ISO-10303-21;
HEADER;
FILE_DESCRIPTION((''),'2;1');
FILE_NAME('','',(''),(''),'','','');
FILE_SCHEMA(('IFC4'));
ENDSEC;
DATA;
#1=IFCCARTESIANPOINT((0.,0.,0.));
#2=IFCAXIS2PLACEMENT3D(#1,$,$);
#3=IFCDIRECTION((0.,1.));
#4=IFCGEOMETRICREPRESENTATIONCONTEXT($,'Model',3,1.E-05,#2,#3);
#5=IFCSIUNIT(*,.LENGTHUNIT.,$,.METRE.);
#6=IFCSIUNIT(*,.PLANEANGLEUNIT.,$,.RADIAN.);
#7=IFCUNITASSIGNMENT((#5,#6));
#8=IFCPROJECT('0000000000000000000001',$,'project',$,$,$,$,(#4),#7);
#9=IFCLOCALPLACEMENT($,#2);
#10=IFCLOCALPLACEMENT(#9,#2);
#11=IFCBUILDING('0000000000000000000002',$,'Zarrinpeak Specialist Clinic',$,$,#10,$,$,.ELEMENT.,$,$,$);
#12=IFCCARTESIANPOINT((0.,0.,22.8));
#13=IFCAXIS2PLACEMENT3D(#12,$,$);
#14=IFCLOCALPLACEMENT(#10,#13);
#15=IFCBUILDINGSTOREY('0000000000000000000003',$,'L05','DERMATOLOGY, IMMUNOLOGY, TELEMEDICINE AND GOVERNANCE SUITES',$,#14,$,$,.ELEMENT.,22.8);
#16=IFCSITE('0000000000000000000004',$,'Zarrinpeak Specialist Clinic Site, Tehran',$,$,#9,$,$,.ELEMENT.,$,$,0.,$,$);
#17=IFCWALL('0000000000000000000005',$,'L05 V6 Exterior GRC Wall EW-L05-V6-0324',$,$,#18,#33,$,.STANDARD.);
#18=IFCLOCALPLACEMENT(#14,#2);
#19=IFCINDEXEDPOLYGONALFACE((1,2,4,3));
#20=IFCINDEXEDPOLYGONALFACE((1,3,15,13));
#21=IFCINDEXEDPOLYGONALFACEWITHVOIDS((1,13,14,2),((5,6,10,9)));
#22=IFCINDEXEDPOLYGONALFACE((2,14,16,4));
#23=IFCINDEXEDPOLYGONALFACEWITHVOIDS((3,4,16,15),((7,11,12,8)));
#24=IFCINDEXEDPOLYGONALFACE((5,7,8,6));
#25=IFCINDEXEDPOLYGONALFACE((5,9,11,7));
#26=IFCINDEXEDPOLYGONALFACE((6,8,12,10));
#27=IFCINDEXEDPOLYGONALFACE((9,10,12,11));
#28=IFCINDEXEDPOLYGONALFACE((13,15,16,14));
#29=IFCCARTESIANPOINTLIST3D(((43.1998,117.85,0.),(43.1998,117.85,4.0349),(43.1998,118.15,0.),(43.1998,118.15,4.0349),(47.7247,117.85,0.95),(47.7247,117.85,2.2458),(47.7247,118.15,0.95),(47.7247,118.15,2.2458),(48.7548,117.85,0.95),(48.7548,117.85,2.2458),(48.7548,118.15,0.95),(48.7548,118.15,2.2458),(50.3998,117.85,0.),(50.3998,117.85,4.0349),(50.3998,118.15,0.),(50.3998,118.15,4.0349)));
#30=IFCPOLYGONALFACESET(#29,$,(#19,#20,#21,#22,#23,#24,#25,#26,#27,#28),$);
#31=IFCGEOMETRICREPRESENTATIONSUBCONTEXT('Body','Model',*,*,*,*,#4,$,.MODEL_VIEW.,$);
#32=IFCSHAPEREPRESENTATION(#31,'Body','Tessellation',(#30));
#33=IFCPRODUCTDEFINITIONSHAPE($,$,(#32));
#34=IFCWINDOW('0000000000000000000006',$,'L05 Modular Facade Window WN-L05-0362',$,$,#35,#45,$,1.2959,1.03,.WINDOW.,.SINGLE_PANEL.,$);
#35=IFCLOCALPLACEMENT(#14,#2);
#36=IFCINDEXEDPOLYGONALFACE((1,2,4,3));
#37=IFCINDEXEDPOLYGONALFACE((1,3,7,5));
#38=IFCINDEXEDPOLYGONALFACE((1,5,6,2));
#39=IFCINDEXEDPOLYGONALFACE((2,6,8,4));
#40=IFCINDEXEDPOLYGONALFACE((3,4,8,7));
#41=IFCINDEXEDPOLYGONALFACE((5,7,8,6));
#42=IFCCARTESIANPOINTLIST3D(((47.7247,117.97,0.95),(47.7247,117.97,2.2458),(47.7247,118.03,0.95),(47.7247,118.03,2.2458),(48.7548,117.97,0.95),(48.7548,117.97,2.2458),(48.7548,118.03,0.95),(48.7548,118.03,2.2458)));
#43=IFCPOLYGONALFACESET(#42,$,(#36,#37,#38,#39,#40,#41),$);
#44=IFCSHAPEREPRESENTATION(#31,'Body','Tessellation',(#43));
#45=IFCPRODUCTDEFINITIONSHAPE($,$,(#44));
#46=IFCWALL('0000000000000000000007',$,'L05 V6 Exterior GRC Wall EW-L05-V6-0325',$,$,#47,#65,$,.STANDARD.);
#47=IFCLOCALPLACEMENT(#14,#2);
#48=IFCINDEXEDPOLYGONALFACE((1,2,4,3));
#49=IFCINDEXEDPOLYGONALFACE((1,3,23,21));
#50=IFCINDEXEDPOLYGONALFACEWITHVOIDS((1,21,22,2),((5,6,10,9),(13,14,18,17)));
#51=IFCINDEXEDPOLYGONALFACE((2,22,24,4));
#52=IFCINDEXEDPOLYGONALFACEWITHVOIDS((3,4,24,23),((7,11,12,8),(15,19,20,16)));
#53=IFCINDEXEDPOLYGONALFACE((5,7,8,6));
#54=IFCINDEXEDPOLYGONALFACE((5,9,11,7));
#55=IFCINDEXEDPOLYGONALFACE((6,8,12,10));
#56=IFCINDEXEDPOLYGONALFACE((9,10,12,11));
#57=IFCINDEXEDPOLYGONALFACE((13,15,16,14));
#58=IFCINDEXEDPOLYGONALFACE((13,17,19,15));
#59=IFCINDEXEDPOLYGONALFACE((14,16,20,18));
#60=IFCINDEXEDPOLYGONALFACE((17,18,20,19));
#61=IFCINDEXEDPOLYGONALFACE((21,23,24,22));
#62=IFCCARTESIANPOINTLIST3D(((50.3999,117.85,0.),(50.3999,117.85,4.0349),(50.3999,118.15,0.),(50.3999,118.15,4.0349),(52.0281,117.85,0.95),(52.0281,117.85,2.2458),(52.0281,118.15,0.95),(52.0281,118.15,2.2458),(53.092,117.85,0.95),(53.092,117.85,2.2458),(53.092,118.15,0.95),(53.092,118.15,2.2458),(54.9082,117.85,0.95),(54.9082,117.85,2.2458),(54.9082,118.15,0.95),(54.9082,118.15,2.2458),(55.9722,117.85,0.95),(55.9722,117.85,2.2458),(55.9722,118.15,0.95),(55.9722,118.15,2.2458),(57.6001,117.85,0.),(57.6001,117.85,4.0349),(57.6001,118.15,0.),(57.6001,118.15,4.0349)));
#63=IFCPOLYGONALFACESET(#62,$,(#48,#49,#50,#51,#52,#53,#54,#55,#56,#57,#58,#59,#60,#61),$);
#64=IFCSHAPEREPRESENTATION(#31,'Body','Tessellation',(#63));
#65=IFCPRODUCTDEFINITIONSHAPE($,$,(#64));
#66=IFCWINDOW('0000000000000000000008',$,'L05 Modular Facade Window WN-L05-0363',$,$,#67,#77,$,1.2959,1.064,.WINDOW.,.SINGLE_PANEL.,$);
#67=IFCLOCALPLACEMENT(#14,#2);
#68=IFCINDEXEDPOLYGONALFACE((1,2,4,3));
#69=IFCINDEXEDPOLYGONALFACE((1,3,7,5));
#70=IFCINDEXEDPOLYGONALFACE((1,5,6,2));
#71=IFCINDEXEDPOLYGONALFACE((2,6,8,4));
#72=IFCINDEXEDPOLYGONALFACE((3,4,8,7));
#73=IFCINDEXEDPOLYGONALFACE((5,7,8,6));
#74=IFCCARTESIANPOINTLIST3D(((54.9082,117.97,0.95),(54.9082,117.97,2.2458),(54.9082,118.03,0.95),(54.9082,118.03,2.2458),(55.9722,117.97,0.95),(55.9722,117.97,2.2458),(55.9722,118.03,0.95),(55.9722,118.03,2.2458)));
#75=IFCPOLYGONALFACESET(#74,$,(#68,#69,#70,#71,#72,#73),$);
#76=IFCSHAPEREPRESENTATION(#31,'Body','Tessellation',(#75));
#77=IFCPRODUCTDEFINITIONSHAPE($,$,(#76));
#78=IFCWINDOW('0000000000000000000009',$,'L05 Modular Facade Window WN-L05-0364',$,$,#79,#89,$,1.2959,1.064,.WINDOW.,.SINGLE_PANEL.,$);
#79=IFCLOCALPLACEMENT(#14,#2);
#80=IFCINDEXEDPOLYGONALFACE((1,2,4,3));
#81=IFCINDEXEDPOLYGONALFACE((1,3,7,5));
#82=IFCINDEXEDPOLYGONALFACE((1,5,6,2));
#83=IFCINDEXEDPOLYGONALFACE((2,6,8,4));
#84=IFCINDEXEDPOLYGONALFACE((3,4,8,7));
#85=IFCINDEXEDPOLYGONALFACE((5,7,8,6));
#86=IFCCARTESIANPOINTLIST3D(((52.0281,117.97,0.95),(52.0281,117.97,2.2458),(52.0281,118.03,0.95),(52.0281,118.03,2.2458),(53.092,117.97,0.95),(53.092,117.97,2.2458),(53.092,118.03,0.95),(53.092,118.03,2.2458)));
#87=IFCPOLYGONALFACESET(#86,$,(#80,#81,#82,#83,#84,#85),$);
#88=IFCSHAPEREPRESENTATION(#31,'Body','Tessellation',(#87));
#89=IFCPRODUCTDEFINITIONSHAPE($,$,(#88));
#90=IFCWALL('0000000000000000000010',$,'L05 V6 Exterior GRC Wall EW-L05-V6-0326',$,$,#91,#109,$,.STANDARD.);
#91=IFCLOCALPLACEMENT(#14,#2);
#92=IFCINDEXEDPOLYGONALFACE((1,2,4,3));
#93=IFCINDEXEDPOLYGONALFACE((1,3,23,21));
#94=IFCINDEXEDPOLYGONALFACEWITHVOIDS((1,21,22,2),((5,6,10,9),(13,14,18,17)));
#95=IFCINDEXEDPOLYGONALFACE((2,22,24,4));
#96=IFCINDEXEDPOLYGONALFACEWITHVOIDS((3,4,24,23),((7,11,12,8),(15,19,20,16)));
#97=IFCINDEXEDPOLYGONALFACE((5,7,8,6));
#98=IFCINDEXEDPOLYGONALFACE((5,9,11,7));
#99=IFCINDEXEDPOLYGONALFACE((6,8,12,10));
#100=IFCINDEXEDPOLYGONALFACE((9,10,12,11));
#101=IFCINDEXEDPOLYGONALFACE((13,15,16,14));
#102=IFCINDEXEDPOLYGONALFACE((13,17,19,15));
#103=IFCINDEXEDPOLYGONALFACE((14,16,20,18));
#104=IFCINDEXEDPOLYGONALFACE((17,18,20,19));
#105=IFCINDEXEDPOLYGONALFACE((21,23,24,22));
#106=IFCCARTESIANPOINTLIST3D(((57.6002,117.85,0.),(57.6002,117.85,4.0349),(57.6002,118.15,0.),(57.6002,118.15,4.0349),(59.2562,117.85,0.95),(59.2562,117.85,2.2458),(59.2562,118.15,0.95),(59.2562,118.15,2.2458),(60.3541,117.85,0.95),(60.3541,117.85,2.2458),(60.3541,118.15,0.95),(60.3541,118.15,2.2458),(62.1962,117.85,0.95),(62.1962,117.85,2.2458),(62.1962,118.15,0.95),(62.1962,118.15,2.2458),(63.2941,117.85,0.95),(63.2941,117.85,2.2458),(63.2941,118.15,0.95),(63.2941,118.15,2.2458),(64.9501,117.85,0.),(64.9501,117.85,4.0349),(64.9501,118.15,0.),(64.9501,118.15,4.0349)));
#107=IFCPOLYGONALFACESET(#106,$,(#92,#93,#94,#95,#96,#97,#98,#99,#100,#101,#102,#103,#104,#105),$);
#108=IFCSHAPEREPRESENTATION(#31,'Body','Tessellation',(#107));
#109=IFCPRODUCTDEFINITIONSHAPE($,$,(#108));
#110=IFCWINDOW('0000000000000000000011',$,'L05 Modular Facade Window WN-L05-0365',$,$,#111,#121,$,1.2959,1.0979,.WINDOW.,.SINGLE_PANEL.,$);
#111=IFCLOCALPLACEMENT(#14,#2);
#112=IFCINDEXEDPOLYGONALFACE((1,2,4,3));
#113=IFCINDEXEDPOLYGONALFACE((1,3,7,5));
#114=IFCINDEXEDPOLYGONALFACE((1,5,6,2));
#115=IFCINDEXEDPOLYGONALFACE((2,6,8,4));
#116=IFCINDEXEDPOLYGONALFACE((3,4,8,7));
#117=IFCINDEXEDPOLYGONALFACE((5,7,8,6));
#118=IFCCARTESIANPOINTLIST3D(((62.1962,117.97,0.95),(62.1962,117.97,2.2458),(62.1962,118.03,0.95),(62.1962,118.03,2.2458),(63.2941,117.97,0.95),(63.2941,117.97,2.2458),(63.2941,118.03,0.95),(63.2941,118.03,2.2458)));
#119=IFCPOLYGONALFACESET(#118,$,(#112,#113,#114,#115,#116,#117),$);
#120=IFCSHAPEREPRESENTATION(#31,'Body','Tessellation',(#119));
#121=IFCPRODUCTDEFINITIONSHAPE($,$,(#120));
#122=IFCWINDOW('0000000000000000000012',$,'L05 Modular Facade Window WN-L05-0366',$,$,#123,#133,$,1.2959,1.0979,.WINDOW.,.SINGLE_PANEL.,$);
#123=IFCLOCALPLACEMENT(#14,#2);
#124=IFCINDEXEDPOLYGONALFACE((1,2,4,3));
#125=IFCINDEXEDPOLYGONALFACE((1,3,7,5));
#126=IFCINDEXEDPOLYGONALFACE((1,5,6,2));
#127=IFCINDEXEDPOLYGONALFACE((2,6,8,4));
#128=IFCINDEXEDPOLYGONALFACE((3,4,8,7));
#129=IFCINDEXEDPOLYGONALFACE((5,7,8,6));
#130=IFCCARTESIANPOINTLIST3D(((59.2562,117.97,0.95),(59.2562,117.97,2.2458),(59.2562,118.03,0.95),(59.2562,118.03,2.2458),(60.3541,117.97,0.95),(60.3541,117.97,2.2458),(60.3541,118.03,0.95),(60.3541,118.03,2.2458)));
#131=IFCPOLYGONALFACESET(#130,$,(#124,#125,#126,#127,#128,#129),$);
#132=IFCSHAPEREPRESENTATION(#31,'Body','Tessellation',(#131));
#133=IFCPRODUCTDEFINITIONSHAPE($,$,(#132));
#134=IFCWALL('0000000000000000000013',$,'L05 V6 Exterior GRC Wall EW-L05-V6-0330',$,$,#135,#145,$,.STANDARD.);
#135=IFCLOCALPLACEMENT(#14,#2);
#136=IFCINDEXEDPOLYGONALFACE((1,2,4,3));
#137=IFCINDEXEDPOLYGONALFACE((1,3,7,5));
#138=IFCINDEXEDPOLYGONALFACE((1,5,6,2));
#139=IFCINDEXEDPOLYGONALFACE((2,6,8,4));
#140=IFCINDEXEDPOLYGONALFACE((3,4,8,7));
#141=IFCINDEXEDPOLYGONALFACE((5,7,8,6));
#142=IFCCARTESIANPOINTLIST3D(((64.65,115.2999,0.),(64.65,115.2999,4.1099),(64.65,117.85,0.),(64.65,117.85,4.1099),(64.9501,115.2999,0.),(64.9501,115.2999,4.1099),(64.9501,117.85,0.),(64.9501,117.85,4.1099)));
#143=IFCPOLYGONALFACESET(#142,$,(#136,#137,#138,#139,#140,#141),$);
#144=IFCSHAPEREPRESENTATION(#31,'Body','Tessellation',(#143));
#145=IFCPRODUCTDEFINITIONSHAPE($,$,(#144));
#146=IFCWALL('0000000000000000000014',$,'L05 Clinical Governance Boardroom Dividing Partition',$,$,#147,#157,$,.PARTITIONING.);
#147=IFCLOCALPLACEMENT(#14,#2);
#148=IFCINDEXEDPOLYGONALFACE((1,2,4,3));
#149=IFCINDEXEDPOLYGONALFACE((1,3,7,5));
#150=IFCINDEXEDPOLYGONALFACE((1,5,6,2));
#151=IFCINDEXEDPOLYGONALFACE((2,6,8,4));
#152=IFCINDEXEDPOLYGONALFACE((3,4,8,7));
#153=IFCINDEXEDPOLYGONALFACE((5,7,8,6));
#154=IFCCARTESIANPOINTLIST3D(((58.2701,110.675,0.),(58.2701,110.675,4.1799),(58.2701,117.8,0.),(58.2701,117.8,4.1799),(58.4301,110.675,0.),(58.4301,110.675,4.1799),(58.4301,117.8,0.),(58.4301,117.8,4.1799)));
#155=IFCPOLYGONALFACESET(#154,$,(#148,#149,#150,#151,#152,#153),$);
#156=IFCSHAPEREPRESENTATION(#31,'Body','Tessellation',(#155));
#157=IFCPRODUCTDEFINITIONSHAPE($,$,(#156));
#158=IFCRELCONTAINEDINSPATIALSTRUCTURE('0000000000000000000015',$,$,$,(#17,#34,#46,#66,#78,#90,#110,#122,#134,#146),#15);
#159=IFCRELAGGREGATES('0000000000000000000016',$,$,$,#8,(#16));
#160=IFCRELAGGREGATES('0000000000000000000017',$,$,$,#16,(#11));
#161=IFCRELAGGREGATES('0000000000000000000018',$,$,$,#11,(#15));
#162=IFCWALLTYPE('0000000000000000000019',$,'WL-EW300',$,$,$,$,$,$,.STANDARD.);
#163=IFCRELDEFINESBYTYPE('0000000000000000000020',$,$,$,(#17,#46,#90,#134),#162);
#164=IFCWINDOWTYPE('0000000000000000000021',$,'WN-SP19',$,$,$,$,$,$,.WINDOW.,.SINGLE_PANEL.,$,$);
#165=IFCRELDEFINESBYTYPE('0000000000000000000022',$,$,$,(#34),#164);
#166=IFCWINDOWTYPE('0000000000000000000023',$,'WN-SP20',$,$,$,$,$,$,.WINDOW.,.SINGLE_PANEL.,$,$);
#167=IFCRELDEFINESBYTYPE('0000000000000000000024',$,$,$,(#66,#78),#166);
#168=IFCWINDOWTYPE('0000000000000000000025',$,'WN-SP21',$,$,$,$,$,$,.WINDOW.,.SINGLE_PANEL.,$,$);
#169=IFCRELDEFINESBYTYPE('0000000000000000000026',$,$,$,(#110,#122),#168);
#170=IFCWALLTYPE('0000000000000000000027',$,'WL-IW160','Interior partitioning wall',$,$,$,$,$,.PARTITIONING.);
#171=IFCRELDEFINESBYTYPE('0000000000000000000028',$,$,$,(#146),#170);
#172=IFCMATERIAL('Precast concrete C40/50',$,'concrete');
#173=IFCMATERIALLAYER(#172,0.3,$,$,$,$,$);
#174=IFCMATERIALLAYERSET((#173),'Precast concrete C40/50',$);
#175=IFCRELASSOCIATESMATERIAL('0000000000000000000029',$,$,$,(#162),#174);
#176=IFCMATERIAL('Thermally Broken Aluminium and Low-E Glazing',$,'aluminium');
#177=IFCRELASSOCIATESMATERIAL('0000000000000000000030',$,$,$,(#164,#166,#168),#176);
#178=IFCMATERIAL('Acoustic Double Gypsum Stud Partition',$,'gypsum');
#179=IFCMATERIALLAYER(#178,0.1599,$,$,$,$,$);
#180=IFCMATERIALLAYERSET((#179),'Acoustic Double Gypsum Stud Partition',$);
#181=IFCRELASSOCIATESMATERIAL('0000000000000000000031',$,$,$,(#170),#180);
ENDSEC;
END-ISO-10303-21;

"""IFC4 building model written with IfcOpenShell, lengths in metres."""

from ifc_helpers import new_model, si_unit, direction, frame, frame_2d, origin, place, context, subcontext, project, spatial, rectangle, extrude, material, layer, layer_set, type_object, element, fill, save


model = new_model("IFC4")

# Units and contexts
model_context = context("Model", 3, precision=1e-05, world=origin(), true_north=direction((0.0, 1.0)))
body_context = subcontext(model_context, "Body", "Model", "MODEL_VIEW")
ifc_project = project(units=[si_unit("LENGTHUNIT", "METRE"), si_unit("PLANEANGLEUNIT", "RADIAN")], contexts=[model_context])

# Site, building, storey
site_placement = place(None, origin())
site = spatial("IfcSite", under=ifc_project, at=site_placement, Name="Zarrinpeak Specialist Clinic Site, Tehran", CompositionType="ELEMENT", RefElevation=0.0)
building_placement = place(site_placement, origin())
building = spatial("IfcBuilding", under=site, at=building_placement, Name="Zarrinpeak Specialist Clinic", CompositionType="ELEMENT")
storey_placement = place(building_placement, frame((0.0, 0.0, 22.8)))
storey = spatial("IfcBuildingStorey", under=building, at=storey_placement, Name="L05", Description="DERMATOLOGY, IMMUNOLOGY, TELEMEDICINE AND GOVERNANCE SUITES", CompositionType="ELEMENT", Elevation=22.8)

# Wall, opening, window
ifc_material_1 = material(Name="Precast concrete C40/50", Category="concrete")
ifc_layer_1 = layer(ifc_material_1, 0.3)
ifc_layer_set_1 = layer_set([ifc_layer_1], Name="Precast concrete C40/50")
wall_type_1 = type_object("IfcWallType", Name="WL-EW300", PredefinedType="STANDARD", material=ifc_layer_set_1)
wall_1_placement = place(storey_placement, frame((50.3999, 118.0, 0.0), z_axis=(0.0, 0.0, 1.0), x_axis=(-1.0, 0.0, 0.0)))
wall_1 = element("IfcWall", 1, at=wall_1_placement, inside=storey, type_object=wall_type_1, Name="L05 V6 Exterior GRC Wall EW-L05-V6-0324", PredefinedType="STANDARD", context=body_context, shape_type="SweptSolid", body=[
    extrude(rectangle(XDim=7.2, YDim=0.3, at=frame_2d((3.6001, 0.0))), origin(), (0.0, 0.0, 1.0), 4.0349),
])
opening_1_placement = place(wall_1_placement, frame((1.645, 0.0, 0.95)))
opening_1 = element("IfcOpeningElement", 2, at=opening_1_placement, cuts=wall_1, PredefinedType="OPENING", context=body_context, shape_type="SweptSolid", body=[
    extrude(rectangle(XDim=1.03, YDim=1.2959, at=frame_2d((0.5151, 0.6479))), frame((0.0, 0.1602, 0.0), z_axis=(0.0, -1.0, 0.0), x_axis=(1.0, 0.0, 0.0)), (0.0, 0.0, 1.0), 0.3201),
])
ifc_material_2 = material(Name="Thermally Broken Aluminium and Low-E Glazing", Category="aluminium")
window_type_1 = type_object("IfcWindowType", Name="WN-SP19", PartitioningType="SINGLE_PANEL", PredefinedType="WINDOW", material=ifc_material_2)
window_1_placement = place(opening_1_placement, origin())
window_1 = element("IfcWindow", 3, at=window_1_placement, inside=storey, type_object=window_type_1, Name="L05 Modular Facade Window WN-L05-0362", OverallHeight=1.2959, OverallWidth=1.03, PartitioningType="SINGLE_PANEL", PredefinedType="WINDOW", context=body_context, shape_type="SweptSolid", body=[
    extrude(rectangle(XDim=1.03, YDim=1.2959, at=frame_2d((0.5151, 0.6479))), frame((0.0, 0.03, 0.0), z_axis=(0.0, -1.0, 0.0), x_axis=(1.0, 0.0, 0.0)), (0.0, 0.0, 1.0), 0.0601),
])
fill(opening_1, window_1)

# Walls, openings, windows
wall_2_placement = place(storey_placement, frame((57.6001, 118.0, 0.0), z_axis=(0.0, 0.0, 1.0), x_axis=(-1.0, 0.0, 0.0)))
wall_2 = element("IfcWall", 4, at=wall_2_placement, inside=storey, type_object=wall_type_1, Name="L05 V6 Exterior GRC Wall EW-L05-V6-0325", PredefinedType="STANDARD", context=body_context, shape_type="SweptSolid", body=[
    extrude(rectangle(XDim=7.2002, YDim=0.3, at=frame_2d((3.6001, 0.0))), origin(), (0.0, 0.0, 1.0), 4.0349),
])
opening_2_placement = place(wall_2_placement, frame((1.6279, 0.0, 0.95)))
opening_2 = element("IfcOpeningElement", 5, at=opening_2_placement, cuts=wall_2, PredefinedType="OPENING", context=body_context, shape_type="SweptSolid", body=[
    extrude(rectangle(XDim=1.064, YDim=1.2959, at=frame_2d((0.532, 0.6479))), frame((0.0, 0.1602, 0.0), z_axis=(0.0, -1.0, 0.0), x_axis=(1.0, 0.0, 0.0)), (0.0, 0.0, 1.0), 0.3201),
])
opening_3_placement = place(wall_2_placement, frame((4.5081, 0.0, 0.95)))
opening_3 = element("IfcOpeningElement", 6, at=opening_3_placement, cuts=wall_2, PredefinedType="OPENING", context=body_context, shape_type="SweptSolid", body=[
    extrude(rectangle(XDim=1.064, YDim=1.2959, at=frame_2d((0.532, 0.6479))), frame((0.0, 0.1602, 0.0), z_axis=(0.0, -1.0, 0.0), x_axis=(1.0, 0.0, 0.0)), (0.0, 0.0, 1.0), 0.3201),
])
window_type_2 = type_object("IfcWindowType", Name="WN-SP20", PartitioningType="SINGLE_PANEL", PredefinedType="WINDOW", material=ifc_material_2)
window_2_placement = place(opening_2_placement, origin())
window_2 = element("IfcWindow", 7, at=window_2_placement, inside=storey, type_object=window_type_2, Name="L05 Modular Facade Window WN-L05-0363", OverallHeight=1.2959, OverallWidth=1.064, PartitioningType="SINGLE_PANEL", PredefinedType="WINDOW", context=body_context, shape_type="SweptSolid", body=[
    extrude(rectangle(XDim=1.064, YDim=1.2959, at=frame_2d((0.532, 0.6479))), frame((0.0, 0.03, 0.0), z_axis=(0.0, -1.0, 0.0), x_axis=(1.0, 0.0, 0.0)), (0.0, 0.0, 1.0), 0.0601),
])
fill(opening_2, window_2)
window_3_placement = place(opening_3_placement, origin())
window_3 = element("IfcWindow", 8, at=window_3_placement, inside=storey, type_object=window_type_2, Name="L05 Modular Facade Window WN-L05-0364", OverallHeight=1.2959, OverallWidth=1.064, PartitioningType="SINGLE_PANEL", PredefinedType="WINDOW", context=body_context, shape_type="SweptSolid", body=[
    extrude(rectangle(XDim=1.064, YDim=1.2959, at=frame_2d((0.532, 0.6479))), frame((0.0, 0.03, 0.0), z_axis=(0.0, -1.0, 0.0), x_axis=(1.0, 0.0, 0.0)), (0.0, 0.0, 1.0), 0.0601),
])
fill(opening_3, window_3)
wall_3_placement = place(storey_placement, frame((64.95, 118.0, 0.0), z_axis=(0.0, 0.0, 1.0), x_axis=(-1.0, 0.0, 0.0)))
wall_3 = element("IfcWall", 9, at=wall_3_placement, inside=storey, type_object=wall_type_1, Name="L05 V6 Exterior GRC Wall EW-L05-V6-0326", PredefinedType="STANDARD", context=body_context, shape_type="SweptSolid", body=[
    extrude(rectangle(XDim=7.3499, YDim=0.3, at=frame_2d((3.6748, 0.0))), origin(), (0.0, 0.0, 1.0), 4.0349),
])
opening_4_placement = place(wall_3_placement, frame((1.656, 0.0, 0.95)))
opening_4 = element("IfcOpeningElement", 10, at=opening_4_placement, cuts=wall_3, PredefinedType="OPENING", context=body_context, shape_type="SweptSolid", body=[
    extrude(rectangle(XDim=1.0979, YDim=1.2959, at=frame_2d((0.5488, 0.6479))), frame((0.0, 0.1602, 0.0), z_axis=(0.0, -1.0, 0.0), x_axis=(1.0, 0.0, 0.0)), (0.0, 0.0, 1.0), 0.3201),
])
opening_5_placement = place(wall_3_placement, frame((4.5959, 0.0, 0.95)))
opening_5 = element("IfcOpeningElement", 11, at=opening_5_placement, cuts=wall_3, PredefinedType="OPENING", context=body_context, shape_type="SweptSolid", body=[
    extrude(rectangle(XDim=1.0979, YDim=1.2959, at=frame_2d((0.5488, 0.6479))), frame((0.0, 0.1602, 0.0), z_axis=(0.0, -1.0, 0.0), x_axis=(1.0, 0.0, 0.0)), (0.0, 0.0, 1.0), 0.3201),
])
window_type_3 = type_object("IfcWindowType", Name="WN-SP21", PartitioningType="SINGLE_PANEL", PredefinedType="WINDOW", material=ifc_material_2)
window_4_placement = place(opening_4_placement, origin())
window_4 = element("IfcWindow", 12, at=window_4_placement, inside=storey, type_object=window_type_3, Name="L05 Modular Facade Window WN-L05-0365", OverallHeight=1.2959, OverallWidth=1.0979, PartitioningType="SINGLE_PANEL", PredefinedType="WINDOW", context=body_context, shape_type="SweptSolid", body=[
    extrude(rectangle(XDim=1.0979, YDim=1.2959, at=frame_2d((0.5488, 0.6479))), frame((0.0, 0.03, 0.0), z_axis=(0.0, -1.0, 0.0), x_axis=(1.0, 0.0, 0.0)), (0.0, 0.0, 1.0), 0.0601),
])
fill(opening_4, window_4)
window_5_placement = place(opening_5_placement, origin())
window_5 = element("IfcWindow", 13, at=window_5_placement, inside=storey, type_object=window_type_3, Name="L05 Modular Facade Window WN-L05-0366", OverallHeight=1.2959, OverallWidth=1.0979, PartitioningType="SINGLE_PANEL", PredefinedType="WINDOW", context=body_context, shape_type="SweptSolid", body=[
    extrude(rectangle(XDim=1.0979, YDim=1.2959, at=frame_2d((0.5488, 0.6479))), frame((0.0, 0.03, 0.0), z_axis=(0.0, -1.0, 0.0), x_axis=(1.0, 0.0, 0.0)), (0.0, 0.0, 1.0), 0.0601),
])
fill(opening_5, window_5)

# Walls
wall_4_placement = place(storey_placement, frame((64.8, 115.3, 0.0), z_axis=(0.0, 0.0, 1.0), x_axis=(0.0, 1.0, 0.0)))
element("IfcWall", 14, at=wall_4_placement, inside=storey, type_object=wall_type_1, Name="L05 V6 Exterior GRC Wall EW-L05-V6-0330", PredefinedType="STANDARD", context=body_context, shape_type="SweptSolid", body=[
    extrude(rectangle(XDim=2.55, YDim=0.3, at=frame_2d((1.2749, 0.0))), origin(), (0.0, 0.0, 1.0), 4.1099),
])
ifc_material_3 = material(Name="Acoustic Double Gypsum Stud Partition", Category="gypsum")
ifc_layer_2 = layer(ifc_material_3, 0.1599)
ifc_layer_set_2 = layer_set([ifc_layer_2], Name="Acoustic Double Gypsum Stud Partition")
wall_type_2 = type_object("IfcWallType", Name="WL-IW160", Description="Interior partitioning wall", PredefinedType="PARTITIONING", material=ifc_layer_set_2)
wall_5_placement = place(storey_placement, frame((58.3501, 110.675, 0.0), z_axis=(0.0, 0.0, 1.0), x_axis=(0.0, 1.0, 0.0)))
element("IfcWall", 15, at=wall_5_placement, inside=storey, type_object=wall_type_2, Name="L05 Clinical Governance Boardroom Dividing Partition", PredefinedType="PARTITIONING", context=body_context, shape_type="SweptSolid", body=[
    extrude(rectangle(XDim=7.125, YDim=0.1599, at=frame_2d((3.5625, 0.0))), origin(), (0.0, 0.0, 1.0), 4.1799),
])

save(model, "model.ifc")
